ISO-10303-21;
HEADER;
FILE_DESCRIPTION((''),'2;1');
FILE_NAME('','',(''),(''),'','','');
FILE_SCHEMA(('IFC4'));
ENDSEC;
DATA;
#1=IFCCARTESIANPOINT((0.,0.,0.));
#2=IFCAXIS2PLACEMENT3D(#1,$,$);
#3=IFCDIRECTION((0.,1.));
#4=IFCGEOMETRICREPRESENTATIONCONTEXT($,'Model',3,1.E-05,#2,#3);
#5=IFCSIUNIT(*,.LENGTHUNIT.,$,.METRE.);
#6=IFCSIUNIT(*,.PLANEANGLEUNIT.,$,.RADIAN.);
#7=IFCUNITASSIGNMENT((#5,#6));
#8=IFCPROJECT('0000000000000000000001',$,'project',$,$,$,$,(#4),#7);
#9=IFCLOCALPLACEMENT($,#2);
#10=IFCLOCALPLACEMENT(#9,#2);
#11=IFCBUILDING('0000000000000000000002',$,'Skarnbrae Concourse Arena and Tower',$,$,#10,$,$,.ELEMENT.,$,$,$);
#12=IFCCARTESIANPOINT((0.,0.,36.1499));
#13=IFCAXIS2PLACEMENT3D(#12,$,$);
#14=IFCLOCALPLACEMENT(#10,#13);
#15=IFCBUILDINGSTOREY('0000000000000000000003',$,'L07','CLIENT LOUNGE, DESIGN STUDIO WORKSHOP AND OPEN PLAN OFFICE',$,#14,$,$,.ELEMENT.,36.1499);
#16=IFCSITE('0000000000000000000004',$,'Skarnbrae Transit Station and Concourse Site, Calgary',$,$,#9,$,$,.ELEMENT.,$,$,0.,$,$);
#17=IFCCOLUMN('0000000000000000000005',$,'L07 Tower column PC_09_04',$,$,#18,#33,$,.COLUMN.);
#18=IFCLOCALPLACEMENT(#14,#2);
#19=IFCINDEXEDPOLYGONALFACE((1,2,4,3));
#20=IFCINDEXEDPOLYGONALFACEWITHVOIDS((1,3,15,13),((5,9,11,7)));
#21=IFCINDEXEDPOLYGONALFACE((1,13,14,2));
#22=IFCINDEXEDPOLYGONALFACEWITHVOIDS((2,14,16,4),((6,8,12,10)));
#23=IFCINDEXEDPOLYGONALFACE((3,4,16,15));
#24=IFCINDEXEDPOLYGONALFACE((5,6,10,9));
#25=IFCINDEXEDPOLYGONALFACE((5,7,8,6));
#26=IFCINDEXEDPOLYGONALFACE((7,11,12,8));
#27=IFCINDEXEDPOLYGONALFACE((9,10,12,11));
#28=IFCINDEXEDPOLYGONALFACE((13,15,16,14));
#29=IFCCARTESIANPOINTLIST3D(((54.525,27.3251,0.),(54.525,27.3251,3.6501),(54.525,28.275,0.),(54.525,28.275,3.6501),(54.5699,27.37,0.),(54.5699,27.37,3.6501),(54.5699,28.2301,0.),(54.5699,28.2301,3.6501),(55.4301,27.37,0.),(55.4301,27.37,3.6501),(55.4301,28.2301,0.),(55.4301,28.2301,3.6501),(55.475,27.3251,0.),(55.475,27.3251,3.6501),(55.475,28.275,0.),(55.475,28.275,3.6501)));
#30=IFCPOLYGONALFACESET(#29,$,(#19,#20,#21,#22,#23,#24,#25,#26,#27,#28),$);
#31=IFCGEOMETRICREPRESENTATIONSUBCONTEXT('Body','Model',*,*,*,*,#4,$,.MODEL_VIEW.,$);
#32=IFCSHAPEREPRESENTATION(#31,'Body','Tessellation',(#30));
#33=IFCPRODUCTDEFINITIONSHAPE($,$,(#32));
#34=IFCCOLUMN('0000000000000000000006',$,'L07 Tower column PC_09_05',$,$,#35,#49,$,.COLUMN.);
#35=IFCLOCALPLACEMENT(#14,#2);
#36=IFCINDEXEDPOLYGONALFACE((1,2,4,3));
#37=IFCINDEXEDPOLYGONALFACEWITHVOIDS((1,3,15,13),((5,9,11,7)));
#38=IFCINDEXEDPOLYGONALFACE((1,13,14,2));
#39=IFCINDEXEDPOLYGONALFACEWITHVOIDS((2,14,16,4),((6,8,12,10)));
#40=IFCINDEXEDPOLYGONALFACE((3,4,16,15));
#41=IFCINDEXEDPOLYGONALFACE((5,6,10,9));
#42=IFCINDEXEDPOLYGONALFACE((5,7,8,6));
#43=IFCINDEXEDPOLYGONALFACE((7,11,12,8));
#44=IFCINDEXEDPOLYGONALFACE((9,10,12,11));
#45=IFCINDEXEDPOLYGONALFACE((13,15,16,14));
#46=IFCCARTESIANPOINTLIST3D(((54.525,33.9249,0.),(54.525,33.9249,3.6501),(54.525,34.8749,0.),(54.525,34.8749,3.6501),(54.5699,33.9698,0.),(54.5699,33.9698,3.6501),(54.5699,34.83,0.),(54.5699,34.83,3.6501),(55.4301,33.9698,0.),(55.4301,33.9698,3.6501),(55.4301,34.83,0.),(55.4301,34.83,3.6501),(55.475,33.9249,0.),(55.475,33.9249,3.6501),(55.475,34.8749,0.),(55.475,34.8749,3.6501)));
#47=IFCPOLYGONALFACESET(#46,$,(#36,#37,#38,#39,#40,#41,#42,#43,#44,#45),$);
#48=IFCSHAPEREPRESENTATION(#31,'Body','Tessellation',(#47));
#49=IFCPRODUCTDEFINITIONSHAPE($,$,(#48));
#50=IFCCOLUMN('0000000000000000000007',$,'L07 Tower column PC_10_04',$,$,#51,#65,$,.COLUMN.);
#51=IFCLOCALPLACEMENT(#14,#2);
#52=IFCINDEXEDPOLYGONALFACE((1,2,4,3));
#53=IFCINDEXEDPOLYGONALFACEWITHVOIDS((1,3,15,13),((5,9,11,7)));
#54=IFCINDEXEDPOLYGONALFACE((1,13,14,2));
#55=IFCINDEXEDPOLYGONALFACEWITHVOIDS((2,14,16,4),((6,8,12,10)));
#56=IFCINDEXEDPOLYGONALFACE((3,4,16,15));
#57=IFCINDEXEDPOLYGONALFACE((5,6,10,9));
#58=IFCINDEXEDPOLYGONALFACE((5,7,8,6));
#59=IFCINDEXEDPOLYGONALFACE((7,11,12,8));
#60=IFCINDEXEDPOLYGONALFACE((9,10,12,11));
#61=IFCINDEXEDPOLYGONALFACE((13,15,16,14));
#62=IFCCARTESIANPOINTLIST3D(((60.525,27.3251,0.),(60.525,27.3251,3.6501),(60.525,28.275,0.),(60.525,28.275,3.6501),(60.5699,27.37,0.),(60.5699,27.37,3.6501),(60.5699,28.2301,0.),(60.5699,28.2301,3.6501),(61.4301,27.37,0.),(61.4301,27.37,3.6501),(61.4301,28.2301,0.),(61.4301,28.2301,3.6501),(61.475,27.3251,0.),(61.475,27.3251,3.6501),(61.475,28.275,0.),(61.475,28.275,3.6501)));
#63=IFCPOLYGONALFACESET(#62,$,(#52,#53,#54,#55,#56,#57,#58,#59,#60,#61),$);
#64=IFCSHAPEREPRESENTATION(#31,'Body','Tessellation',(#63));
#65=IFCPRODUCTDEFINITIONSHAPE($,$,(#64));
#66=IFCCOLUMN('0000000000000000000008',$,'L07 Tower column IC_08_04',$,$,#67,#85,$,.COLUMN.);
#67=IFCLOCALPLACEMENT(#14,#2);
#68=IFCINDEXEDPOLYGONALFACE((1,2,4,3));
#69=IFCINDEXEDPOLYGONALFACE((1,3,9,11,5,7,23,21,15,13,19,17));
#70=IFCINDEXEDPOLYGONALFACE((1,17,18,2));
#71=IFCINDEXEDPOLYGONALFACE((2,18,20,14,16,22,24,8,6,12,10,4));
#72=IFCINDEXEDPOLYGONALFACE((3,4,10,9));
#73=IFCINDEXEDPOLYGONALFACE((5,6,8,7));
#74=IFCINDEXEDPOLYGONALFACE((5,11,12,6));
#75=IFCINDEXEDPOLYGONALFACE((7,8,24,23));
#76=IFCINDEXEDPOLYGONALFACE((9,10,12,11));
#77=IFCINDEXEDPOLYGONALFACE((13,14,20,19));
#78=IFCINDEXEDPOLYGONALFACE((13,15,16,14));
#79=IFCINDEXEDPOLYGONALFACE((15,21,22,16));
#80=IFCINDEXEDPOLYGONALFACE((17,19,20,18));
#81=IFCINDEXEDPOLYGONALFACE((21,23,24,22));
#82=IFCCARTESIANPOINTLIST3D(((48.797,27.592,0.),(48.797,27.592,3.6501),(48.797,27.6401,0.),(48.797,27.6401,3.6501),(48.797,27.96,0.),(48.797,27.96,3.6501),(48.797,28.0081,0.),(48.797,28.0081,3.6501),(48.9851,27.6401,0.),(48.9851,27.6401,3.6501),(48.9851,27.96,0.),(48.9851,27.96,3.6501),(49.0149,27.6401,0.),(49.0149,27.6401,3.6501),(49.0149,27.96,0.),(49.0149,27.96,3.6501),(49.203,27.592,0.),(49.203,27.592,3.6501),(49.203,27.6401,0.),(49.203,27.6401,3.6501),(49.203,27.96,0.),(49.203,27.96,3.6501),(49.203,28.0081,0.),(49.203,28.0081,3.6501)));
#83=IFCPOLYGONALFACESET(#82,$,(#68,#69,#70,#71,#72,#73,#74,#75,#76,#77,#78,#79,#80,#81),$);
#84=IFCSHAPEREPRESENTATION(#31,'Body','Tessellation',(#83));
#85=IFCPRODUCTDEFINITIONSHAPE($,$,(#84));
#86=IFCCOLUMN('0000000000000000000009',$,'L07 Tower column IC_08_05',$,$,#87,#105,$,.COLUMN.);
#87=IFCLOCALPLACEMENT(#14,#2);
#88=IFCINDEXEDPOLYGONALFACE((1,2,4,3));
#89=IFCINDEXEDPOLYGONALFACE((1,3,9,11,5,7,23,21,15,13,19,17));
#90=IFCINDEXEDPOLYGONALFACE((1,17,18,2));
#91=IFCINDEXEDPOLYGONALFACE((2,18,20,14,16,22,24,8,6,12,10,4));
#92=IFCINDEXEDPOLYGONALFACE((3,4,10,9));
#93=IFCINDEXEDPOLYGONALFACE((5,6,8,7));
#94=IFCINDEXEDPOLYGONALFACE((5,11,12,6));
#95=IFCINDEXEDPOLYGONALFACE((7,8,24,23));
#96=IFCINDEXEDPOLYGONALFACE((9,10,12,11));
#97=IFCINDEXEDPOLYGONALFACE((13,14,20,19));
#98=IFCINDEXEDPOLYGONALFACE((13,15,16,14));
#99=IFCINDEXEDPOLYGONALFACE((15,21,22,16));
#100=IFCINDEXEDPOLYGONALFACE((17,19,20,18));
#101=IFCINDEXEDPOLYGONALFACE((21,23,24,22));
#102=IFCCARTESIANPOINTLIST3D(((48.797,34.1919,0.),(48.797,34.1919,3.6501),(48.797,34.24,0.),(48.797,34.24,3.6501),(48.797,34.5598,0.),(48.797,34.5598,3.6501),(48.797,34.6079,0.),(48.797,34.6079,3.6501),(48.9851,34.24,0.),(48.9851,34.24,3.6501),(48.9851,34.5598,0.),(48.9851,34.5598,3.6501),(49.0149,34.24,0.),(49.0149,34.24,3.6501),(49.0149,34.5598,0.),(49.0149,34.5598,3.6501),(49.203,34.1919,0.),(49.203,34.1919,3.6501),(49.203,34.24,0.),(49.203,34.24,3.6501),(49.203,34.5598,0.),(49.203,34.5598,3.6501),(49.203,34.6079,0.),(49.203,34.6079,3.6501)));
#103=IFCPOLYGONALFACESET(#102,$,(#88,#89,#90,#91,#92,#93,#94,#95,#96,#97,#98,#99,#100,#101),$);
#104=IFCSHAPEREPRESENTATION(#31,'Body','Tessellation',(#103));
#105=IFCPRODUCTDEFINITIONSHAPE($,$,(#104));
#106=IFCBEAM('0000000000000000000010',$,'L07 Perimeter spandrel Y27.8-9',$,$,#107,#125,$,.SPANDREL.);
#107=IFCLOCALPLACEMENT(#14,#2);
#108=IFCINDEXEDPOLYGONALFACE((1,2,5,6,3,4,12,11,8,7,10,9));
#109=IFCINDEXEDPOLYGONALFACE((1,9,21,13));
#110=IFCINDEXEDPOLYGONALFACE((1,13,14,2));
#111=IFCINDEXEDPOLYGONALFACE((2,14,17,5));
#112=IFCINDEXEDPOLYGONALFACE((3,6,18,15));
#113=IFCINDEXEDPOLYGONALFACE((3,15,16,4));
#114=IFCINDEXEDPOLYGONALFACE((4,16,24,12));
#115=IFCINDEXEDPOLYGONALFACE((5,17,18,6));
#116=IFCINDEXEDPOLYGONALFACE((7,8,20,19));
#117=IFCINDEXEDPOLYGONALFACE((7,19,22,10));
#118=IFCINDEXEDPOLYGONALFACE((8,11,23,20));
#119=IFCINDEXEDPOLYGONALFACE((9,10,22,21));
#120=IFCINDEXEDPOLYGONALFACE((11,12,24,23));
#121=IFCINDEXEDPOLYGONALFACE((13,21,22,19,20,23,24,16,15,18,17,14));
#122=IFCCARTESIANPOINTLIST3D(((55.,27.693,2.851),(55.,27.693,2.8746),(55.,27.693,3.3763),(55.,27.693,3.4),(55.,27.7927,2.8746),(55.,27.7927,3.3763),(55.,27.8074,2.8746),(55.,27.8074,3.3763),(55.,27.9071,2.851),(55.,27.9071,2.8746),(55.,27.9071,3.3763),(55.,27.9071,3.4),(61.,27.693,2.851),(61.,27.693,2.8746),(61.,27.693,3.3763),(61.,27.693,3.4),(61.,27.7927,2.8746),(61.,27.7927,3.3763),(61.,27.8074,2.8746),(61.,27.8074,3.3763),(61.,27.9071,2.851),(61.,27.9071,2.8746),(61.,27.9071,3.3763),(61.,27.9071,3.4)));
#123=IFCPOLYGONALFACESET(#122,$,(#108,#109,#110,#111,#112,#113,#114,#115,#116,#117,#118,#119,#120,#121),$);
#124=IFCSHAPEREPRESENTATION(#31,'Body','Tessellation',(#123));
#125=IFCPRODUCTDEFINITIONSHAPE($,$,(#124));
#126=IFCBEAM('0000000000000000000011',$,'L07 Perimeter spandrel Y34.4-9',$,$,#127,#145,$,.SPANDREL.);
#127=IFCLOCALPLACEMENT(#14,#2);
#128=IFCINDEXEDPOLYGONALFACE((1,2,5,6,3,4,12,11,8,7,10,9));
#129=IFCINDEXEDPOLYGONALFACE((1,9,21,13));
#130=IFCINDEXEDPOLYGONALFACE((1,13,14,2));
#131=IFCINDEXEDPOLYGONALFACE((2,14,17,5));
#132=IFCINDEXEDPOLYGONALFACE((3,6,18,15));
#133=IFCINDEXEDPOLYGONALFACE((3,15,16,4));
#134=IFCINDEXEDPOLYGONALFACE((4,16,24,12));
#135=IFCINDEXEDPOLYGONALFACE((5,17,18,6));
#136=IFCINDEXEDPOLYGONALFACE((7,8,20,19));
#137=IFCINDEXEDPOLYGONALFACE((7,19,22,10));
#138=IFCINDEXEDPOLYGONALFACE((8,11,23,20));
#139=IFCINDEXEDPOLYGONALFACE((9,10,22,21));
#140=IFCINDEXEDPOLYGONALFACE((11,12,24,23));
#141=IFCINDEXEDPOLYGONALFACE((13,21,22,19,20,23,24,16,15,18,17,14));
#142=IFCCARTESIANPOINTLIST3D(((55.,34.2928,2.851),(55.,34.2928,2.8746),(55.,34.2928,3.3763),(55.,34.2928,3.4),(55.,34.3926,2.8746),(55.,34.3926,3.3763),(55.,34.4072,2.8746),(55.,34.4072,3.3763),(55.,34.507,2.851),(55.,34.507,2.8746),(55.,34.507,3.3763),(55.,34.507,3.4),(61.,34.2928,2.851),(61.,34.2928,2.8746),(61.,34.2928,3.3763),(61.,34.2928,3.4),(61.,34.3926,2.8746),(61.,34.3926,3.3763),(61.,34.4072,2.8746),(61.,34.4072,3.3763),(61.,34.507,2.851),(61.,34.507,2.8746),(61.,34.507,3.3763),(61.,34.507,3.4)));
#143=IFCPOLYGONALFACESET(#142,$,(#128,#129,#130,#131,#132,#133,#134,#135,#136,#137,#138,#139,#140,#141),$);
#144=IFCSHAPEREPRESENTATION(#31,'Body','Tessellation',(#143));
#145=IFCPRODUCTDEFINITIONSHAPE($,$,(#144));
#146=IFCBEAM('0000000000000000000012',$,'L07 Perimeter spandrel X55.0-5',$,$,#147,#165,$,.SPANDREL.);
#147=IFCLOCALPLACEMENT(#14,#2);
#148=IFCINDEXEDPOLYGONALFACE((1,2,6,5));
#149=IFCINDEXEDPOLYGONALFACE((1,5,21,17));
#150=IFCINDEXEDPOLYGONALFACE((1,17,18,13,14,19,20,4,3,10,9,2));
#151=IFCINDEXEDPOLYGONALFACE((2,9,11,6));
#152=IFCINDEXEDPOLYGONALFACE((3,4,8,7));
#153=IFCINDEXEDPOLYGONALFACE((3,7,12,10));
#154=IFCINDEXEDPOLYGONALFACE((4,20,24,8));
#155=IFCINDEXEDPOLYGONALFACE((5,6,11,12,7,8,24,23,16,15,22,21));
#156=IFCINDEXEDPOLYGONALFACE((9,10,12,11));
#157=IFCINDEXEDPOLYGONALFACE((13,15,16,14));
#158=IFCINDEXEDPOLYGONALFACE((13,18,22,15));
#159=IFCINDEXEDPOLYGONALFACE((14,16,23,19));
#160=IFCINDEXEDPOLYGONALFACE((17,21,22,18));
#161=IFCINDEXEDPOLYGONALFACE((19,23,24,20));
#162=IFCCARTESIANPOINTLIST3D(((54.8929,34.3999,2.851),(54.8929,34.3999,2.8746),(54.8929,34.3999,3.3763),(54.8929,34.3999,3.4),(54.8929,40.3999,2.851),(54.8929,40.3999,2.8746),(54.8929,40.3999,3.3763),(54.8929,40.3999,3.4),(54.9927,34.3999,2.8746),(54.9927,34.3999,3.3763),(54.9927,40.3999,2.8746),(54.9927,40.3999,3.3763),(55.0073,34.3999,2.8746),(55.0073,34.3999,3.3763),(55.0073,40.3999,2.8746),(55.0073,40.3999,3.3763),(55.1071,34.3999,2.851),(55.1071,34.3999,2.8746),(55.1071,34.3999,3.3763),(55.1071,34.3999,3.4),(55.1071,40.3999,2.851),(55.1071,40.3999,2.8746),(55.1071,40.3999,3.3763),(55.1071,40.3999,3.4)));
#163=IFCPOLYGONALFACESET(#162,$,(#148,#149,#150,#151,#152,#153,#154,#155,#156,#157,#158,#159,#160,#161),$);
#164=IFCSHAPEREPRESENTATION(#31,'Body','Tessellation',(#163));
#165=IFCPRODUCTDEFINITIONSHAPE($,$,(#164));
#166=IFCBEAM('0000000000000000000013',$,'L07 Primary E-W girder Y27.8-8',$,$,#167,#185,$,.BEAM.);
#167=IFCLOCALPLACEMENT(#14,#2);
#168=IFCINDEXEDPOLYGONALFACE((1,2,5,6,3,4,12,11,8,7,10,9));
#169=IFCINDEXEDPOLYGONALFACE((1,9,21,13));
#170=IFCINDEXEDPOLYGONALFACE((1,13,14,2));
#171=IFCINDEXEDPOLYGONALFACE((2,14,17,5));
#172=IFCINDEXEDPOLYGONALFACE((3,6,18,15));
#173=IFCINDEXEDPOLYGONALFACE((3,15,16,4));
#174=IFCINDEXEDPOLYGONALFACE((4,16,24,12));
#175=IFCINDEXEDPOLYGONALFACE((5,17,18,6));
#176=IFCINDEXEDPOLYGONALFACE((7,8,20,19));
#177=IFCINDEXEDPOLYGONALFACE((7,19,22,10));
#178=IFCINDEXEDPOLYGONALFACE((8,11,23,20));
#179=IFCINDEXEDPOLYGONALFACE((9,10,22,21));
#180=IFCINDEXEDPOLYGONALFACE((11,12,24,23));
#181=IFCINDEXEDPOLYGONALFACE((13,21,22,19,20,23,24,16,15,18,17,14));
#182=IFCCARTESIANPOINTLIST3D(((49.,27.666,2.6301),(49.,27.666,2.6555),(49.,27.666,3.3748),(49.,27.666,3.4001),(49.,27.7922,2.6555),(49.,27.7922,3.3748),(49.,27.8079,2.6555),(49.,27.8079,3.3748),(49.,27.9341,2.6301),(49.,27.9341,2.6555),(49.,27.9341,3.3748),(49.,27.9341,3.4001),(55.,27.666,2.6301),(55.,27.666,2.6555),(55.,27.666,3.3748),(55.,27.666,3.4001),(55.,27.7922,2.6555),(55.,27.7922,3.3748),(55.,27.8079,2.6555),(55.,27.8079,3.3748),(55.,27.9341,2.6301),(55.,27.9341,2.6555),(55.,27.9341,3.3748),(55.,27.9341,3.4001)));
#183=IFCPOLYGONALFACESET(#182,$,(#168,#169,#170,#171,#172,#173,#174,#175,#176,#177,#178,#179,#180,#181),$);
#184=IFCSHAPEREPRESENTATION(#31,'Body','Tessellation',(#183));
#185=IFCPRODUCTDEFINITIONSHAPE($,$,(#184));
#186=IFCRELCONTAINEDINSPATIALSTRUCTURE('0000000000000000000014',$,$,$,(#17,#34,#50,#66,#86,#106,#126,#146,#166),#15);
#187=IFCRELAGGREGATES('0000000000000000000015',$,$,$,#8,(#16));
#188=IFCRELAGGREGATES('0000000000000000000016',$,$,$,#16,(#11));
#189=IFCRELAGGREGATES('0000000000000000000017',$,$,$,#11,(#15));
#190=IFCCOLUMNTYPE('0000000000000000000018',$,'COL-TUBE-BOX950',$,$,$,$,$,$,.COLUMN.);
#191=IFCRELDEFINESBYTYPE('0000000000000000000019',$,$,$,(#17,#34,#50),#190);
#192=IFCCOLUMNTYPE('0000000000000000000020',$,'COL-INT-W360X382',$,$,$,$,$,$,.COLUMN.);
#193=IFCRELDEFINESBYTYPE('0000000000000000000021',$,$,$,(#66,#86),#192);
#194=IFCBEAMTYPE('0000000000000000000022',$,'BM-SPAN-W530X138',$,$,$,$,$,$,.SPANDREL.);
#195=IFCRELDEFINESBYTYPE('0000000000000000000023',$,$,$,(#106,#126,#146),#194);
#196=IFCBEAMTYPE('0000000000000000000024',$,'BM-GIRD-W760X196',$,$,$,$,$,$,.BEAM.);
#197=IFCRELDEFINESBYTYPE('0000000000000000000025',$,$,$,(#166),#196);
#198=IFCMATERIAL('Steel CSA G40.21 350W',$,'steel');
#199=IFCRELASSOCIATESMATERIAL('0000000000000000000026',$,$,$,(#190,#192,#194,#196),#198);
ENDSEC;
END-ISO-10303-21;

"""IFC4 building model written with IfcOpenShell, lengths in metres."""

from ifc_helpers import new_model, si_unit, direction, frame, origin, origin_2d, place, context, subcontext, project, spatial, hollow_rectangle, i_section, extrude, source, transform, mapped, material, material_profile, profile_set, type_object, element, save


model = new_model("IFC4")

# Units and contexts
model_context = context("Model", 3, precision=1e-05, world=origin(), true_north=direction((0.0, 1.0)))
body_context = subcontext(model_context, "Body", "Model", "MODEL_VIEW")
ifc_project = project(units=[si_unit("LENGTHUNIT", "METRE"), si_unit("PLANEANGLEUNIT", "RADIAN")], contexts=[model_context])

# Site, building, storey
site_placement = place(None, origin())
site = spatial("IfcSite", under=ifc_project, at=site_placement, Name="Skarnbrae Transit Station and Concourse Site, Calgary", CompositionType="ELEMENT", RefElevation=0.0)
building_placement = place(site_placement, origin())
building = spatial("IfcBuilding", under=site, at=building_placement, Name="Skarnbrae Concourse Arena and Tower", CompositionType="ELEMENT")
storey_placement = place(building_placement, frame((0.0, 0.0, 36.1499)))
storey = spatial("IfcBuildingStorey", under=building, at=storey_placement, Name="L07", Description="CLIENT LOUNGE, DESIGN STUDIO WORKSHOP AND OPEN PLAN OFFICE", CompositionType="ELEMENT", Elevation=36.1499)

# Columns
ifc_material_1 = material(Name="Steel CSA G40.21 350W", Category="steel")
ifc_material_profile_1 = material_profile(ifc_material_1, hollow_rectangle(XDim=0.95, YDim=0.95, WallThickness=0.0449, at=origin_2d()), Name="BOX950X950X45")
ifc_profile_set_1 = profile_set([ifc_material_profile_1], Name="Steel CSA G40.21 350W")
column_type_1 = type_object("IfcColumnType", Name="COL-TUBE-BOX950", PredefinedType="COLUMN", material=ifc_profile_set_1)
shared_shape_1 = source(origin(), body_context, "Body", "SweptSolid", [
    extrude(hollow_rectangle(XDim=0.95, YDim=0.95, WallThickness=0.0449, at=origin_2d()), origin(), (0.0, 0.0, 1.0), 3.6501),
])
for number, where, z_axis, x_axis, name in (
    (1, (55.0, 27.8, 0.0), (0.0, 0.0, 1.0), (1.0, 0.0, 0.0), "L07 Tower column PC_09_04"),
    (2, (55.0, 34.3999, 0.0), (0.0, 0.0, 1.0), (1.0, 0.0, 0.0), "L07 Tower column PC_09_05"),
    (3, (61.0, 27.8, 0.0), (0.0, 0.0, 1.0), (1.0, 0.0, 0.0), "L07 Tower column PC_10_04"),
):
    element("IfcColumn", number, at=place(storey_placement, frame(where, z_axis=z_axis, x_axis=x_axis)), inside=storey, type_object=column_type_1, Name=name, PredefinedType="COLUMN", context=body_context, shape_type="MappedRepresentation", body=[
        mapped(shared_shape_1, transform((0.0, 0.0, 0.0))),
    ])
ifc_material_profile_2 = material_profile(ifc_material_1, i_section(OverallWidth=0.406, OverallDepth=0.416, WebThickness=0.0298, FlangeThickness=0.0481, at=origin_2d()), Name="W360X382")
ifc_profile_set_2 = profile_set([ifc_material_profile_2], Name="Steel CSA G40.21 350W")
column_type_2 = type_object("IfcColumnType", Name="COL-INT-W360X382", PredefinedType="COLUMN", material=ifc_profile_set_2)
shared_shape_2 = source(origin(), body_context, "Body", "SweptSolid", [
    extrude(i_section(OverallWidth=0.406, OverallDepth=0.416, WebThickness=0.0298, FlangeThickness=0.0481, at=origin_2d()), origin(), (0.0, 0.0, 1.0), 3.6501),
])
for number, where, z_axis, x_axis, name in (
    (4, (49.0, 27.8, 0.0), (0.0, 0.0, 1.0), (1.0, 0.0, 0.0), "L07 Tower column IC_08_04"),
    (5, (49.0, 34.3999, 0.0), (0.0, 0.0, 1.0), (1.0, 0.0, 0.0), "L07 Tower column IC_08_05"),
):
    element("IfcColumn", number, at=place(storey_placement, frame(where, z_axis=z_axis, x_axis=x_axis)), inside=storey, type_object=column_type_2, Name=name, PredefinedType="COLUMN", context=body_context, shape_type="MappedRepresentation", body=[
        mapped(shared_shape_2, transform((0.0, 0.0, 0.0))),
    ])

# Beams
ifc_material_profile_3 = material_profile(ifc_material_1, i_section(OverallWidth=0.2141, OverallDepth=0.5491, WebThickness=0.0146, FlangeThickness=0.0237, at=origin_2d()), Name="W530X138")
ifc_profile_set_3 = profile_set([ifc_material_profile_3], Name="Steel CSA G40.21 350W")
beam_type_1 = type_object("IfcBeamType", Name="BM-SPAN-W530X138", PredefinedType="SPANDREL", material=ifc_profile_set_3)
shared_shape_3 = source(origin(), body_context, "Body", "SweptSolid", [
    extrude(i_section(OverallWidth=0.2141, OverallDepth=0.5491, WebThickness=0.0146, FlangeThickness=0.0237, at=origin_2d()), origin(), (0.0, 0.0, 1.0), 6.0),
])
for number, where, z_axis, x_axis, name in (
    (6, (55.0, 27.8, 3.1255), (1.0, 0.0, 0.0), (0.0, 1.0, 0.0), "L07 Perimeter spandrel Y27.8-9"),
    (7, (55.0, 34.3999, 3.1255), (1.0, 0.0, 0.0), (0.0, 1.0, 0.0), "L07 Perimeter spandrel Y34.4-9"),
    (8, (55.0, 34.3999, 3.1255), (0.0, 1.0, 0.0), (-1.0, 0.0, 0.0), "L07 Perimeter spandrel X55.0-5"),
):
    element("IfcBeam", number, at=place(storey_placement, frame(where, z_axis=z_axis, x_axis=x_axis)), inside=storey, type_object=beam_type_1, Name=name, PredefinedType="SPANDREL", context=body_context, shape_type="MappedRepresentation", body=[
        mapped(shared_shape_3, transform((0.0, 0.0, 0.0))),
    ])
ifc_material_profile_4 = material_profile(ifc_material_1, i_section(OverallWidth=0.2681, OverallDepth=0.77, WebThickness=0.0156, FlangeThickness=0.0254, at=origin_2d()), Name="W760X196")
ifc_profile_set_4 = profile_set([ifc_material_profile_4], Name="Steel CSA G40.21 350W")
beam_type_2 = type_object("IfcBeamType", Name="BM-GIRD-W760X196", PredefinedType="BEAM", material=ifc_profile_set_4)
shared_shape_4 = source(origin(), body_context, "Body", "SweptSolid", [
    extrude(i_section(OverallWidth=0.2681, OverallDepth=0.77, WebThickness=0.0156, FlangeThickness=0.0254, at=origin_2d()), origin(), (0.0, 0.0, 1.0), 6.0),
])
for number, where, z_axis, x_axis, name in (
    (9, (49.0, 27.8, 3.0151), (1.0, 0.0, 0.0), (0.0, 1.0, 0.0), "L07 Primary E-W girder Y27.8-8"),
):
    element("IfcBeam", number, at=place(storey_placement, frame(where, z_axis=z_axis, x_axis=x_axis)), inside=storey, type_object=beam_type_2, Name=name, PredefinedType="BEAM", context=body_context, shape_type="MappedRepresentation", body=[
        mapped(shared_shape_4, transform((0.0, 0.0, 0.0))),
    ])

save(model, "model.ifc")
